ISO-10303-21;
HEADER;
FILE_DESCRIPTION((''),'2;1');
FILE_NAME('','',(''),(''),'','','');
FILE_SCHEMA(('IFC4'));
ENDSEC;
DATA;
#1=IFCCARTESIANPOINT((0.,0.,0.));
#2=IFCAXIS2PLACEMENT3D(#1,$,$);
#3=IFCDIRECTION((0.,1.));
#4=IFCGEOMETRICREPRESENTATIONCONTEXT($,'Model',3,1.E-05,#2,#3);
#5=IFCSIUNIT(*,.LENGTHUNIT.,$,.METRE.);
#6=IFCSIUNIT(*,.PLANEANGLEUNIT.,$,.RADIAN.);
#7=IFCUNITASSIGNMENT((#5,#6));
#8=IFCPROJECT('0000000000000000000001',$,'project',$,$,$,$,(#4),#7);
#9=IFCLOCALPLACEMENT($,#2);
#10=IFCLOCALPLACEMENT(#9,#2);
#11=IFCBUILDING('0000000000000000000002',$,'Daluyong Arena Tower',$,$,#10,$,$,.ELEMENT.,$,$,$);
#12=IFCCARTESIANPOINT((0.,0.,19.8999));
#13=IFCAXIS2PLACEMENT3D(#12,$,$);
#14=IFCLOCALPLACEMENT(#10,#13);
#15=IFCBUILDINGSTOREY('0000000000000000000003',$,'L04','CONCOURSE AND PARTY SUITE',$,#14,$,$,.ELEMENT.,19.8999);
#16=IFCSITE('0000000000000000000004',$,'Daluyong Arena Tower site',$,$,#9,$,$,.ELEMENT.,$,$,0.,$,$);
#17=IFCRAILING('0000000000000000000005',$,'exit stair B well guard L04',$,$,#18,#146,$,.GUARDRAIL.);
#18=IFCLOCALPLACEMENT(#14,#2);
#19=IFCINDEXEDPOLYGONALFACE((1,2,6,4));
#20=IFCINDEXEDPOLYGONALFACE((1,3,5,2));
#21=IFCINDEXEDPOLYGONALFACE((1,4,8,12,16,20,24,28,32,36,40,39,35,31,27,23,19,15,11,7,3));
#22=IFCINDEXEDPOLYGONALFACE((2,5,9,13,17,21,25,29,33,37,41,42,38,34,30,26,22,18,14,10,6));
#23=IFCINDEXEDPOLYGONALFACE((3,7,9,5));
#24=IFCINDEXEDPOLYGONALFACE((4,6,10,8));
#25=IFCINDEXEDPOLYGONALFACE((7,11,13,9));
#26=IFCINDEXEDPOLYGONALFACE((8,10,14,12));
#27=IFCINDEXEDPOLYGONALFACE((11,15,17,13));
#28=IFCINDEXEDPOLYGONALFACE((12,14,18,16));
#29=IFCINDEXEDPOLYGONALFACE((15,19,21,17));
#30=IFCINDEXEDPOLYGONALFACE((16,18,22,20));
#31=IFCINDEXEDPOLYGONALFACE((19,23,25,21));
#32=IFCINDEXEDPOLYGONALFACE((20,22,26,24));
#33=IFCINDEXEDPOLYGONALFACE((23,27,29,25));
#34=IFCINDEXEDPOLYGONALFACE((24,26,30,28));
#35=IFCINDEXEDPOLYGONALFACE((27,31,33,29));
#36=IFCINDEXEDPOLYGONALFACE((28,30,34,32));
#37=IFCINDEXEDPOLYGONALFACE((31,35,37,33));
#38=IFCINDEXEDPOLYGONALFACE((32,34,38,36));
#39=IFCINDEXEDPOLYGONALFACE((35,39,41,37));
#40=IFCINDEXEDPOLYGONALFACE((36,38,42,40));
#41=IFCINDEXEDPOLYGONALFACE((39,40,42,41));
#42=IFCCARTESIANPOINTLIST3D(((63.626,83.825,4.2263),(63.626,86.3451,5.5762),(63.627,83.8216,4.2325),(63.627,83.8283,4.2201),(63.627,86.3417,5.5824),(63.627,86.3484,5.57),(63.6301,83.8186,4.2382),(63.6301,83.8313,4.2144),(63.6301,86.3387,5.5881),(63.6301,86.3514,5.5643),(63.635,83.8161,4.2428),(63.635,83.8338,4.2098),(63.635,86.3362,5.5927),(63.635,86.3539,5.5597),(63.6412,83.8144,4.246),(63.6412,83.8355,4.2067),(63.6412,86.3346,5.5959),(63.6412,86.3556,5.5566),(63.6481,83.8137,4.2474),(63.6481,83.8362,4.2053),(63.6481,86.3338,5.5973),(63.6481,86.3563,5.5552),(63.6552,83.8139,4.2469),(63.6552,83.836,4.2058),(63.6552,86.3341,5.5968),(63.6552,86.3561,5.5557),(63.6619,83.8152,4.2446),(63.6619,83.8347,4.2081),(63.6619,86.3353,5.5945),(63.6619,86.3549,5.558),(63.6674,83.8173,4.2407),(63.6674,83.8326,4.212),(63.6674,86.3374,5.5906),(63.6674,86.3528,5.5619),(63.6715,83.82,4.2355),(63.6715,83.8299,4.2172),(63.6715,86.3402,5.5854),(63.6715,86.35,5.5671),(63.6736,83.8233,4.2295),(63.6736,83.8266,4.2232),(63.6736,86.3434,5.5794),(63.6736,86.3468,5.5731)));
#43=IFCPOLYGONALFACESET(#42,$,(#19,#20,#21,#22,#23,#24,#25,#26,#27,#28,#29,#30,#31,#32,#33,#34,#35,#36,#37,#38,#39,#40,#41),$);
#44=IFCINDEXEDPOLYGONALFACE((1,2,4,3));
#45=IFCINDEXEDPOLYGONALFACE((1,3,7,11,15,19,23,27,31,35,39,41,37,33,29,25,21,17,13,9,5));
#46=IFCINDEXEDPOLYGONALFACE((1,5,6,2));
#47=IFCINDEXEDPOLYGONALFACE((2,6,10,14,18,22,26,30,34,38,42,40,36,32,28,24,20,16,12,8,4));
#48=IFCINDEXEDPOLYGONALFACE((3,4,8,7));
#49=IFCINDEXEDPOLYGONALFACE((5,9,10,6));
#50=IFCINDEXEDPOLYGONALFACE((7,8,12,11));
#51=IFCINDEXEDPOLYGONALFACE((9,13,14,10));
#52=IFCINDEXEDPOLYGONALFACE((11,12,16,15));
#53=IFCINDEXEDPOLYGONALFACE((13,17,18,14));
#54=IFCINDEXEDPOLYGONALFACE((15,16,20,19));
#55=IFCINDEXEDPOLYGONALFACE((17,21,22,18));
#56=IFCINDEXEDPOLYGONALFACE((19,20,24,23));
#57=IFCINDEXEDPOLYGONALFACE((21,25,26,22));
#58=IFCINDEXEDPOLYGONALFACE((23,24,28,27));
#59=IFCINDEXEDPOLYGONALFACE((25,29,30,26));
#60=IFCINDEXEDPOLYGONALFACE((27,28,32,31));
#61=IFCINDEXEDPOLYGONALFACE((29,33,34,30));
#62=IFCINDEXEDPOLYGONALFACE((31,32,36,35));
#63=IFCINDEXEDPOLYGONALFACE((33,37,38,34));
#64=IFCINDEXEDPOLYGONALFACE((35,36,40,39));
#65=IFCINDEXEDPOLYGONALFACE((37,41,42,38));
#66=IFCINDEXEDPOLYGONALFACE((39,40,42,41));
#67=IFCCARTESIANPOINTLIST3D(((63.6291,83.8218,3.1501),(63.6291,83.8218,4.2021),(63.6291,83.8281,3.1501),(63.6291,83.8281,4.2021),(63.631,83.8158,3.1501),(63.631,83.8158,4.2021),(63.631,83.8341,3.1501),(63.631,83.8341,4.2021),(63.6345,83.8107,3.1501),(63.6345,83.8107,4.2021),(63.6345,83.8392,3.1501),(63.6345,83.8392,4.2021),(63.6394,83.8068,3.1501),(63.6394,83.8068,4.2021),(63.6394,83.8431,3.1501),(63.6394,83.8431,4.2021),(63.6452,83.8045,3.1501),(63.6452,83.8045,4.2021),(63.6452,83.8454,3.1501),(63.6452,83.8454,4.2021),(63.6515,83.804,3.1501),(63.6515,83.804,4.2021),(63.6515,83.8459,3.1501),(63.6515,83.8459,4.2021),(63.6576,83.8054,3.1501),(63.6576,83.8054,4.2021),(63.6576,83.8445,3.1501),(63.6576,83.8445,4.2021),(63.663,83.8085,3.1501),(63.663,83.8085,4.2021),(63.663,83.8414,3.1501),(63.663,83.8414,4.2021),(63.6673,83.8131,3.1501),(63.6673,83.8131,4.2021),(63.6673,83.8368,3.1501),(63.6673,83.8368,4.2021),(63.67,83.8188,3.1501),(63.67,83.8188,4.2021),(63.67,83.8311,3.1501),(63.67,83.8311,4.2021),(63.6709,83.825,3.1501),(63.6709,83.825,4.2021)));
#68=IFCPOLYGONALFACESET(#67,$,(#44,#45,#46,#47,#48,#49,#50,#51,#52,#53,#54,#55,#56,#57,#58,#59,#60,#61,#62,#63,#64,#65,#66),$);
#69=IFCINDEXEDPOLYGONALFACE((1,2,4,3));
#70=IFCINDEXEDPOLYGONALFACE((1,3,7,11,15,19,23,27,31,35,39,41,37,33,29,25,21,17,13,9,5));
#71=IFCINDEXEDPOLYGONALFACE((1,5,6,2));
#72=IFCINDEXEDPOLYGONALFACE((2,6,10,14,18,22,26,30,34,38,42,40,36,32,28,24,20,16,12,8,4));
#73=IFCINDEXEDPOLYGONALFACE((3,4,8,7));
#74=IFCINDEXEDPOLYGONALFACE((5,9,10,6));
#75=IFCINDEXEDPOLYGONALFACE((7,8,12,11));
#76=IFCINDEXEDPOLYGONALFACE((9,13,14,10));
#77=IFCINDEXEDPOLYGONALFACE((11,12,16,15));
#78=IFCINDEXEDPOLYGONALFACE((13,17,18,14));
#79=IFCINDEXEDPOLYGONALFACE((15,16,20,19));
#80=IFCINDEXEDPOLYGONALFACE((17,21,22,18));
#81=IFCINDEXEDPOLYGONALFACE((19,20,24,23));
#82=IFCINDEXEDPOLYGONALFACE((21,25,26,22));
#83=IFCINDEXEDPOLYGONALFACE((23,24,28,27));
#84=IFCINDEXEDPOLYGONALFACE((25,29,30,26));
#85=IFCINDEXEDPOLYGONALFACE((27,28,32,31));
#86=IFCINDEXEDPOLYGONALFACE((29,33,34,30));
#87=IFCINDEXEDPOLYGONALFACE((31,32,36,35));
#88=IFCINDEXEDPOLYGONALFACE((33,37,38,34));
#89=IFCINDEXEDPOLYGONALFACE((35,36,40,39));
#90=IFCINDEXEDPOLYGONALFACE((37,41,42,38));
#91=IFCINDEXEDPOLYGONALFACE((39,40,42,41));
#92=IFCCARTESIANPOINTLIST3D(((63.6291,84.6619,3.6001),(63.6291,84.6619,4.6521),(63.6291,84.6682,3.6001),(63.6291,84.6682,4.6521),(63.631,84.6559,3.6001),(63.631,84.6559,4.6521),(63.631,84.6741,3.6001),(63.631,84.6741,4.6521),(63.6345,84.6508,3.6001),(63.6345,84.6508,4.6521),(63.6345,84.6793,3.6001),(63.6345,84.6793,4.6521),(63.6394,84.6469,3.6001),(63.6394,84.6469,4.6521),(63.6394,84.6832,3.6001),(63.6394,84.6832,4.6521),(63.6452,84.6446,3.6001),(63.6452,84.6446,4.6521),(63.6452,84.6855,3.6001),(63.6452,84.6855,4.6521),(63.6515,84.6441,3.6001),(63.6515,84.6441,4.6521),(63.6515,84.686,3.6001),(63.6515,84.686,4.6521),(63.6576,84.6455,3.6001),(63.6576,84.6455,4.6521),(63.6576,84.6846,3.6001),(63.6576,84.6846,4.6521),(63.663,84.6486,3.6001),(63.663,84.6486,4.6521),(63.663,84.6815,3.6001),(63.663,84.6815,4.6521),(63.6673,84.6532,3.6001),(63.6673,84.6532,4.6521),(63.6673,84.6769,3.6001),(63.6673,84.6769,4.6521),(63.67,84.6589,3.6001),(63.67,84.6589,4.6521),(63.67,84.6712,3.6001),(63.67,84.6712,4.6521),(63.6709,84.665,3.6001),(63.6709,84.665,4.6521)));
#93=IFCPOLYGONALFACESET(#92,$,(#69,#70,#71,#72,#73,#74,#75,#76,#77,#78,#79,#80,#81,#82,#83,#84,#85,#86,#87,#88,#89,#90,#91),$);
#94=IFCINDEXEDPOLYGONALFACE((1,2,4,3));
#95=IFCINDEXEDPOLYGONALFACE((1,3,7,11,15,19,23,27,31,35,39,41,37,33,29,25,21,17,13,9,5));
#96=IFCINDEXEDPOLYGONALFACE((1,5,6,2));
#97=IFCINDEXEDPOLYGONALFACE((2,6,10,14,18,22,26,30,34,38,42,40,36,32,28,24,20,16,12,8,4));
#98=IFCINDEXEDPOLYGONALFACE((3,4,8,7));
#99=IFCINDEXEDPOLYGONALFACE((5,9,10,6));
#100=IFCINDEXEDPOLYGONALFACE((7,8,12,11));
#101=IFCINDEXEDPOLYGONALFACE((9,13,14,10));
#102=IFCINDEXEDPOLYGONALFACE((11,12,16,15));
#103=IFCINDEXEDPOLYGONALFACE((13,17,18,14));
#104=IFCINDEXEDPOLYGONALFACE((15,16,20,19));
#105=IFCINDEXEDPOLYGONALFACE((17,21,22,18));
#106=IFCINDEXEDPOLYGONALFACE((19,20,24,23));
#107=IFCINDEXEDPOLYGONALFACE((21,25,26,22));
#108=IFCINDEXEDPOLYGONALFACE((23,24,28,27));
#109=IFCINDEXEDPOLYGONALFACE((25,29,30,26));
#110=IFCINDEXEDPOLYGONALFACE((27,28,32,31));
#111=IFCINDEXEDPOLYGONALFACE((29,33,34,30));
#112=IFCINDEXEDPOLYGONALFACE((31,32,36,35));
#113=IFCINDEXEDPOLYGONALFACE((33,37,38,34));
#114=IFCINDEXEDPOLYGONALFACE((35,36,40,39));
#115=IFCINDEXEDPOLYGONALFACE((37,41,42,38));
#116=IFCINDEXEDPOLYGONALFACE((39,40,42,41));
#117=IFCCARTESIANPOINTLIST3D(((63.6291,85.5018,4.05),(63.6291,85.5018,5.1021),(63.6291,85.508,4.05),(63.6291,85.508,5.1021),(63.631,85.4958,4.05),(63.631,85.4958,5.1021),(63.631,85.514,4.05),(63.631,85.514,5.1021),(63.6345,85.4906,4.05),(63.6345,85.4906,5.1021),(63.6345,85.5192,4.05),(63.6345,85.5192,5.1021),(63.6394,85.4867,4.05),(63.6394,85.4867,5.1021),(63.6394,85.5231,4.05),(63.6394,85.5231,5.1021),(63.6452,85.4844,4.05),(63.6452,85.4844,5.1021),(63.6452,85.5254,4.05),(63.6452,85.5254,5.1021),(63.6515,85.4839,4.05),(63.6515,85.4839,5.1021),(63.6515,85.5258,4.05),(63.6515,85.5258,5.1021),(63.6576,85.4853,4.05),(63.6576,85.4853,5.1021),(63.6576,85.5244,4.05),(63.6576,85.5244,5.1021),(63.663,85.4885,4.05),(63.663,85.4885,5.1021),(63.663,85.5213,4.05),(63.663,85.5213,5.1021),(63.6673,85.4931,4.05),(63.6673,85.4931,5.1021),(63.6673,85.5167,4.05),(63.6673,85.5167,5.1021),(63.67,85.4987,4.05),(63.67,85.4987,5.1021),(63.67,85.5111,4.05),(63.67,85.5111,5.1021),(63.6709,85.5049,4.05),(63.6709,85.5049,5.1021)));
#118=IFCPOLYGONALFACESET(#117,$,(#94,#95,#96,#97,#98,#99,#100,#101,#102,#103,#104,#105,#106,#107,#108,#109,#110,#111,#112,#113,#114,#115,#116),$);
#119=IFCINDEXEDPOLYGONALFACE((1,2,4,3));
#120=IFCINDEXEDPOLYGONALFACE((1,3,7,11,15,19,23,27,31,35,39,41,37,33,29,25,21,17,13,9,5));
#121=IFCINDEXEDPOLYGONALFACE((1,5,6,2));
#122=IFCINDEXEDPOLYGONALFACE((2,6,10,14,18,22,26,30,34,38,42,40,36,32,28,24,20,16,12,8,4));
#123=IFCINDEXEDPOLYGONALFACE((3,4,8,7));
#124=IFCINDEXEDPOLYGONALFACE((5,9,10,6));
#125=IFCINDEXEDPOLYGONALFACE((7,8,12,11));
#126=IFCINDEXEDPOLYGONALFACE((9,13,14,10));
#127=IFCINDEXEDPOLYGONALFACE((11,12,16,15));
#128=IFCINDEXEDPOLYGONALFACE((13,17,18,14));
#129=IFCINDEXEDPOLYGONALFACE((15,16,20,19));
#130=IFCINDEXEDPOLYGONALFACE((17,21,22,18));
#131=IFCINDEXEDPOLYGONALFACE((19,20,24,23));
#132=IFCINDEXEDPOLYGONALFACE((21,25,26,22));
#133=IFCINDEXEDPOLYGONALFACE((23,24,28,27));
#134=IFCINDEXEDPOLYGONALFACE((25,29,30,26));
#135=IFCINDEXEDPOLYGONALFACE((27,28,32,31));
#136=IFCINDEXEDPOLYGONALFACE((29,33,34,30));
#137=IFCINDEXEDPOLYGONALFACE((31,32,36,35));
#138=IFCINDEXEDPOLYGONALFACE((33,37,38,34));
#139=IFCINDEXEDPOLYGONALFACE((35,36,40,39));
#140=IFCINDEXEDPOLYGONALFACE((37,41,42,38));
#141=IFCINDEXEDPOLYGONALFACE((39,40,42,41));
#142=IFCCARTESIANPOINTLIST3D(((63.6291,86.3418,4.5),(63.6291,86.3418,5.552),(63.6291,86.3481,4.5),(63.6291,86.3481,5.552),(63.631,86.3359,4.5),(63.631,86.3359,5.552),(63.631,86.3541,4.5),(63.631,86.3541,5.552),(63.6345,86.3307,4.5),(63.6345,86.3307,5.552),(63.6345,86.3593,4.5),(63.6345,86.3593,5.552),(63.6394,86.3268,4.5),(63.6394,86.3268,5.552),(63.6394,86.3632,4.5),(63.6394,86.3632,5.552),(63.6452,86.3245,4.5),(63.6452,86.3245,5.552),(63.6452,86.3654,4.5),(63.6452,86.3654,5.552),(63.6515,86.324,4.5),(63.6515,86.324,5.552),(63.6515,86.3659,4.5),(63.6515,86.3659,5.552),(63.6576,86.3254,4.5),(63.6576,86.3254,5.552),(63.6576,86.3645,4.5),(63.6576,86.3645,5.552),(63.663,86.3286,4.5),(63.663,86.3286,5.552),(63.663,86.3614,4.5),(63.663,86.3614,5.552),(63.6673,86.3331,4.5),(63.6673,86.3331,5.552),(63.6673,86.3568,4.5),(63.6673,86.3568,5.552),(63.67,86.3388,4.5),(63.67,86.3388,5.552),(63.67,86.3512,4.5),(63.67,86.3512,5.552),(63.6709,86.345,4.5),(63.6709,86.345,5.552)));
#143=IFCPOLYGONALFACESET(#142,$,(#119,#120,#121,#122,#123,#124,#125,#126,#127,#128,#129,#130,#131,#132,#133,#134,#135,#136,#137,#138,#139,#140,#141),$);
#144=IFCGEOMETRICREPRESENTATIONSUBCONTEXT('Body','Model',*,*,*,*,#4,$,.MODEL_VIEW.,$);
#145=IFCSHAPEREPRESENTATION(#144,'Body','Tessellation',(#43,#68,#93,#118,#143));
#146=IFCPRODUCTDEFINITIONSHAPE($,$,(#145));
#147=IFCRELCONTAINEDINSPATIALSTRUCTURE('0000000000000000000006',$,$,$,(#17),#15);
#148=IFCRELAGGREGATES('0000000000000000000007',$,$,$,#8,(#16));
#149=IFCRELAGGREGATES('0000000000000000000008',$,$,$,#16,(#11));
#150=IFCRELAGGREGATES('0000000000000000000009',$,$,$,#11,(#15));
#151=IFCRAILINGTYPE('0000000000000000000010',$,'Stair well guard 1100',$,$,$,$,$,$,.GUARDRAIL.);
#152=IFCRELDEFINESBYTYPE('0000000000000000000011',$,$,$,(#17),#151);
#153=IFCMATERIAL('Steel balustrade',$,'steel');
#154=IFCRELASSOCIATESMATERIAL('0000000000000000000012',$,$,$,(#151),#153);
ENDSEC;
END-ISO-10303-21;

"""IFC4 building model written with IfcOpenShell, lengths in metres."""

from ifc_helpers import new_model, si_unit, direction, frame, origin, origin_2d, place, context, subcontext, project, spatial, circle, extrude, material, type_object, element, save


model = new_model("IFC4")

# Units and contexts
model_context = context("Model", 3, precision=1e-05, world=origin(), true_north=direction((0.0, 1.0)))
body_context = subcontext(model_context, "Body", "Model", "MODEL_VIEW")
ifc_project = project(units=[si_unit("LENGTHUNIT", "METRE"), si_unit("PLANEANGLEUNIT", "RADIAN")], contexts=[model_context])

# Site, building, storey
site_placement = place(None, origin())
site = spatial("IfcSite", under=ifc_project, at=site_placement, Name="Daluyong Arena Tower site", CompositionType="ELEMENT", RefElevation=0.0)
building_placement = place(site_placement, origin())
building = spatial("IfcBuilding", under=site, at=building_placement, Name="Daluyong Arena Tower", CompositionType="ELEMENT")
storey_placement = place(building_placement, frame((0.0, 0.0, 19.8999)))
storey = spatial("IfcBuildingStorey", under=building, at=storey_placement, Name="L04", Description="CONCOURSE AND PARTY SUITE", CompositionType="ELEMENT", Elevation=19.8999)

# Railing
ifc_material_1 = material(Name="Steel balustrade", Category="steel")
railing_type_1 = type_object("IfcRailingType", Name="Stair well guard 1100", PredefinedType="GUARDRAIL", material=ifc_material_1)
railing_1_placement = place(storey_placement, frame((63.6499, 83.825, 3.1501)))
element("IfcRailing", 1, at=railing_1_placement, inside=storey, type_object=railing_type_1, Name="exit stair B well guard L04", PredefinedType="GUARDRAIL", context=body_context, shape_type="SweptSolid", body=[
    extrude(circle(Radius=0.0239, at=origin_2d()), frame((0.0, 0.0, 1.0762), z_axis=(0.0, 0.881503, 0.472179), x_axis=(-1.0, 0.0, 0.0)), (0.0, 0.0, 1.0), 2.8589),
    extrude(circle(Radius=0.021, at=origin_2d()), origin(), (0.0, 0.0, 1.0), 1.052),
    extrude(circle(Radius=0.021, at=origin_2d()), frame((0.0, 0.8401, 0.45)), (0.0, 0.0, 1.0), 1.052),
    extrude(circle(Radius=0.021, at=origin_2d()), frame((0.0, 1.6799, 0.8999)), (0.0, 0.0, 1.0), 1.052),
    extrude(circle(Radius=0.021, at=origin_2d()), frame((0.0, 2.52, 1.3499)), (0.0, 0.0, 1.0), 1.052),
])

save(model, "model.ifc")
